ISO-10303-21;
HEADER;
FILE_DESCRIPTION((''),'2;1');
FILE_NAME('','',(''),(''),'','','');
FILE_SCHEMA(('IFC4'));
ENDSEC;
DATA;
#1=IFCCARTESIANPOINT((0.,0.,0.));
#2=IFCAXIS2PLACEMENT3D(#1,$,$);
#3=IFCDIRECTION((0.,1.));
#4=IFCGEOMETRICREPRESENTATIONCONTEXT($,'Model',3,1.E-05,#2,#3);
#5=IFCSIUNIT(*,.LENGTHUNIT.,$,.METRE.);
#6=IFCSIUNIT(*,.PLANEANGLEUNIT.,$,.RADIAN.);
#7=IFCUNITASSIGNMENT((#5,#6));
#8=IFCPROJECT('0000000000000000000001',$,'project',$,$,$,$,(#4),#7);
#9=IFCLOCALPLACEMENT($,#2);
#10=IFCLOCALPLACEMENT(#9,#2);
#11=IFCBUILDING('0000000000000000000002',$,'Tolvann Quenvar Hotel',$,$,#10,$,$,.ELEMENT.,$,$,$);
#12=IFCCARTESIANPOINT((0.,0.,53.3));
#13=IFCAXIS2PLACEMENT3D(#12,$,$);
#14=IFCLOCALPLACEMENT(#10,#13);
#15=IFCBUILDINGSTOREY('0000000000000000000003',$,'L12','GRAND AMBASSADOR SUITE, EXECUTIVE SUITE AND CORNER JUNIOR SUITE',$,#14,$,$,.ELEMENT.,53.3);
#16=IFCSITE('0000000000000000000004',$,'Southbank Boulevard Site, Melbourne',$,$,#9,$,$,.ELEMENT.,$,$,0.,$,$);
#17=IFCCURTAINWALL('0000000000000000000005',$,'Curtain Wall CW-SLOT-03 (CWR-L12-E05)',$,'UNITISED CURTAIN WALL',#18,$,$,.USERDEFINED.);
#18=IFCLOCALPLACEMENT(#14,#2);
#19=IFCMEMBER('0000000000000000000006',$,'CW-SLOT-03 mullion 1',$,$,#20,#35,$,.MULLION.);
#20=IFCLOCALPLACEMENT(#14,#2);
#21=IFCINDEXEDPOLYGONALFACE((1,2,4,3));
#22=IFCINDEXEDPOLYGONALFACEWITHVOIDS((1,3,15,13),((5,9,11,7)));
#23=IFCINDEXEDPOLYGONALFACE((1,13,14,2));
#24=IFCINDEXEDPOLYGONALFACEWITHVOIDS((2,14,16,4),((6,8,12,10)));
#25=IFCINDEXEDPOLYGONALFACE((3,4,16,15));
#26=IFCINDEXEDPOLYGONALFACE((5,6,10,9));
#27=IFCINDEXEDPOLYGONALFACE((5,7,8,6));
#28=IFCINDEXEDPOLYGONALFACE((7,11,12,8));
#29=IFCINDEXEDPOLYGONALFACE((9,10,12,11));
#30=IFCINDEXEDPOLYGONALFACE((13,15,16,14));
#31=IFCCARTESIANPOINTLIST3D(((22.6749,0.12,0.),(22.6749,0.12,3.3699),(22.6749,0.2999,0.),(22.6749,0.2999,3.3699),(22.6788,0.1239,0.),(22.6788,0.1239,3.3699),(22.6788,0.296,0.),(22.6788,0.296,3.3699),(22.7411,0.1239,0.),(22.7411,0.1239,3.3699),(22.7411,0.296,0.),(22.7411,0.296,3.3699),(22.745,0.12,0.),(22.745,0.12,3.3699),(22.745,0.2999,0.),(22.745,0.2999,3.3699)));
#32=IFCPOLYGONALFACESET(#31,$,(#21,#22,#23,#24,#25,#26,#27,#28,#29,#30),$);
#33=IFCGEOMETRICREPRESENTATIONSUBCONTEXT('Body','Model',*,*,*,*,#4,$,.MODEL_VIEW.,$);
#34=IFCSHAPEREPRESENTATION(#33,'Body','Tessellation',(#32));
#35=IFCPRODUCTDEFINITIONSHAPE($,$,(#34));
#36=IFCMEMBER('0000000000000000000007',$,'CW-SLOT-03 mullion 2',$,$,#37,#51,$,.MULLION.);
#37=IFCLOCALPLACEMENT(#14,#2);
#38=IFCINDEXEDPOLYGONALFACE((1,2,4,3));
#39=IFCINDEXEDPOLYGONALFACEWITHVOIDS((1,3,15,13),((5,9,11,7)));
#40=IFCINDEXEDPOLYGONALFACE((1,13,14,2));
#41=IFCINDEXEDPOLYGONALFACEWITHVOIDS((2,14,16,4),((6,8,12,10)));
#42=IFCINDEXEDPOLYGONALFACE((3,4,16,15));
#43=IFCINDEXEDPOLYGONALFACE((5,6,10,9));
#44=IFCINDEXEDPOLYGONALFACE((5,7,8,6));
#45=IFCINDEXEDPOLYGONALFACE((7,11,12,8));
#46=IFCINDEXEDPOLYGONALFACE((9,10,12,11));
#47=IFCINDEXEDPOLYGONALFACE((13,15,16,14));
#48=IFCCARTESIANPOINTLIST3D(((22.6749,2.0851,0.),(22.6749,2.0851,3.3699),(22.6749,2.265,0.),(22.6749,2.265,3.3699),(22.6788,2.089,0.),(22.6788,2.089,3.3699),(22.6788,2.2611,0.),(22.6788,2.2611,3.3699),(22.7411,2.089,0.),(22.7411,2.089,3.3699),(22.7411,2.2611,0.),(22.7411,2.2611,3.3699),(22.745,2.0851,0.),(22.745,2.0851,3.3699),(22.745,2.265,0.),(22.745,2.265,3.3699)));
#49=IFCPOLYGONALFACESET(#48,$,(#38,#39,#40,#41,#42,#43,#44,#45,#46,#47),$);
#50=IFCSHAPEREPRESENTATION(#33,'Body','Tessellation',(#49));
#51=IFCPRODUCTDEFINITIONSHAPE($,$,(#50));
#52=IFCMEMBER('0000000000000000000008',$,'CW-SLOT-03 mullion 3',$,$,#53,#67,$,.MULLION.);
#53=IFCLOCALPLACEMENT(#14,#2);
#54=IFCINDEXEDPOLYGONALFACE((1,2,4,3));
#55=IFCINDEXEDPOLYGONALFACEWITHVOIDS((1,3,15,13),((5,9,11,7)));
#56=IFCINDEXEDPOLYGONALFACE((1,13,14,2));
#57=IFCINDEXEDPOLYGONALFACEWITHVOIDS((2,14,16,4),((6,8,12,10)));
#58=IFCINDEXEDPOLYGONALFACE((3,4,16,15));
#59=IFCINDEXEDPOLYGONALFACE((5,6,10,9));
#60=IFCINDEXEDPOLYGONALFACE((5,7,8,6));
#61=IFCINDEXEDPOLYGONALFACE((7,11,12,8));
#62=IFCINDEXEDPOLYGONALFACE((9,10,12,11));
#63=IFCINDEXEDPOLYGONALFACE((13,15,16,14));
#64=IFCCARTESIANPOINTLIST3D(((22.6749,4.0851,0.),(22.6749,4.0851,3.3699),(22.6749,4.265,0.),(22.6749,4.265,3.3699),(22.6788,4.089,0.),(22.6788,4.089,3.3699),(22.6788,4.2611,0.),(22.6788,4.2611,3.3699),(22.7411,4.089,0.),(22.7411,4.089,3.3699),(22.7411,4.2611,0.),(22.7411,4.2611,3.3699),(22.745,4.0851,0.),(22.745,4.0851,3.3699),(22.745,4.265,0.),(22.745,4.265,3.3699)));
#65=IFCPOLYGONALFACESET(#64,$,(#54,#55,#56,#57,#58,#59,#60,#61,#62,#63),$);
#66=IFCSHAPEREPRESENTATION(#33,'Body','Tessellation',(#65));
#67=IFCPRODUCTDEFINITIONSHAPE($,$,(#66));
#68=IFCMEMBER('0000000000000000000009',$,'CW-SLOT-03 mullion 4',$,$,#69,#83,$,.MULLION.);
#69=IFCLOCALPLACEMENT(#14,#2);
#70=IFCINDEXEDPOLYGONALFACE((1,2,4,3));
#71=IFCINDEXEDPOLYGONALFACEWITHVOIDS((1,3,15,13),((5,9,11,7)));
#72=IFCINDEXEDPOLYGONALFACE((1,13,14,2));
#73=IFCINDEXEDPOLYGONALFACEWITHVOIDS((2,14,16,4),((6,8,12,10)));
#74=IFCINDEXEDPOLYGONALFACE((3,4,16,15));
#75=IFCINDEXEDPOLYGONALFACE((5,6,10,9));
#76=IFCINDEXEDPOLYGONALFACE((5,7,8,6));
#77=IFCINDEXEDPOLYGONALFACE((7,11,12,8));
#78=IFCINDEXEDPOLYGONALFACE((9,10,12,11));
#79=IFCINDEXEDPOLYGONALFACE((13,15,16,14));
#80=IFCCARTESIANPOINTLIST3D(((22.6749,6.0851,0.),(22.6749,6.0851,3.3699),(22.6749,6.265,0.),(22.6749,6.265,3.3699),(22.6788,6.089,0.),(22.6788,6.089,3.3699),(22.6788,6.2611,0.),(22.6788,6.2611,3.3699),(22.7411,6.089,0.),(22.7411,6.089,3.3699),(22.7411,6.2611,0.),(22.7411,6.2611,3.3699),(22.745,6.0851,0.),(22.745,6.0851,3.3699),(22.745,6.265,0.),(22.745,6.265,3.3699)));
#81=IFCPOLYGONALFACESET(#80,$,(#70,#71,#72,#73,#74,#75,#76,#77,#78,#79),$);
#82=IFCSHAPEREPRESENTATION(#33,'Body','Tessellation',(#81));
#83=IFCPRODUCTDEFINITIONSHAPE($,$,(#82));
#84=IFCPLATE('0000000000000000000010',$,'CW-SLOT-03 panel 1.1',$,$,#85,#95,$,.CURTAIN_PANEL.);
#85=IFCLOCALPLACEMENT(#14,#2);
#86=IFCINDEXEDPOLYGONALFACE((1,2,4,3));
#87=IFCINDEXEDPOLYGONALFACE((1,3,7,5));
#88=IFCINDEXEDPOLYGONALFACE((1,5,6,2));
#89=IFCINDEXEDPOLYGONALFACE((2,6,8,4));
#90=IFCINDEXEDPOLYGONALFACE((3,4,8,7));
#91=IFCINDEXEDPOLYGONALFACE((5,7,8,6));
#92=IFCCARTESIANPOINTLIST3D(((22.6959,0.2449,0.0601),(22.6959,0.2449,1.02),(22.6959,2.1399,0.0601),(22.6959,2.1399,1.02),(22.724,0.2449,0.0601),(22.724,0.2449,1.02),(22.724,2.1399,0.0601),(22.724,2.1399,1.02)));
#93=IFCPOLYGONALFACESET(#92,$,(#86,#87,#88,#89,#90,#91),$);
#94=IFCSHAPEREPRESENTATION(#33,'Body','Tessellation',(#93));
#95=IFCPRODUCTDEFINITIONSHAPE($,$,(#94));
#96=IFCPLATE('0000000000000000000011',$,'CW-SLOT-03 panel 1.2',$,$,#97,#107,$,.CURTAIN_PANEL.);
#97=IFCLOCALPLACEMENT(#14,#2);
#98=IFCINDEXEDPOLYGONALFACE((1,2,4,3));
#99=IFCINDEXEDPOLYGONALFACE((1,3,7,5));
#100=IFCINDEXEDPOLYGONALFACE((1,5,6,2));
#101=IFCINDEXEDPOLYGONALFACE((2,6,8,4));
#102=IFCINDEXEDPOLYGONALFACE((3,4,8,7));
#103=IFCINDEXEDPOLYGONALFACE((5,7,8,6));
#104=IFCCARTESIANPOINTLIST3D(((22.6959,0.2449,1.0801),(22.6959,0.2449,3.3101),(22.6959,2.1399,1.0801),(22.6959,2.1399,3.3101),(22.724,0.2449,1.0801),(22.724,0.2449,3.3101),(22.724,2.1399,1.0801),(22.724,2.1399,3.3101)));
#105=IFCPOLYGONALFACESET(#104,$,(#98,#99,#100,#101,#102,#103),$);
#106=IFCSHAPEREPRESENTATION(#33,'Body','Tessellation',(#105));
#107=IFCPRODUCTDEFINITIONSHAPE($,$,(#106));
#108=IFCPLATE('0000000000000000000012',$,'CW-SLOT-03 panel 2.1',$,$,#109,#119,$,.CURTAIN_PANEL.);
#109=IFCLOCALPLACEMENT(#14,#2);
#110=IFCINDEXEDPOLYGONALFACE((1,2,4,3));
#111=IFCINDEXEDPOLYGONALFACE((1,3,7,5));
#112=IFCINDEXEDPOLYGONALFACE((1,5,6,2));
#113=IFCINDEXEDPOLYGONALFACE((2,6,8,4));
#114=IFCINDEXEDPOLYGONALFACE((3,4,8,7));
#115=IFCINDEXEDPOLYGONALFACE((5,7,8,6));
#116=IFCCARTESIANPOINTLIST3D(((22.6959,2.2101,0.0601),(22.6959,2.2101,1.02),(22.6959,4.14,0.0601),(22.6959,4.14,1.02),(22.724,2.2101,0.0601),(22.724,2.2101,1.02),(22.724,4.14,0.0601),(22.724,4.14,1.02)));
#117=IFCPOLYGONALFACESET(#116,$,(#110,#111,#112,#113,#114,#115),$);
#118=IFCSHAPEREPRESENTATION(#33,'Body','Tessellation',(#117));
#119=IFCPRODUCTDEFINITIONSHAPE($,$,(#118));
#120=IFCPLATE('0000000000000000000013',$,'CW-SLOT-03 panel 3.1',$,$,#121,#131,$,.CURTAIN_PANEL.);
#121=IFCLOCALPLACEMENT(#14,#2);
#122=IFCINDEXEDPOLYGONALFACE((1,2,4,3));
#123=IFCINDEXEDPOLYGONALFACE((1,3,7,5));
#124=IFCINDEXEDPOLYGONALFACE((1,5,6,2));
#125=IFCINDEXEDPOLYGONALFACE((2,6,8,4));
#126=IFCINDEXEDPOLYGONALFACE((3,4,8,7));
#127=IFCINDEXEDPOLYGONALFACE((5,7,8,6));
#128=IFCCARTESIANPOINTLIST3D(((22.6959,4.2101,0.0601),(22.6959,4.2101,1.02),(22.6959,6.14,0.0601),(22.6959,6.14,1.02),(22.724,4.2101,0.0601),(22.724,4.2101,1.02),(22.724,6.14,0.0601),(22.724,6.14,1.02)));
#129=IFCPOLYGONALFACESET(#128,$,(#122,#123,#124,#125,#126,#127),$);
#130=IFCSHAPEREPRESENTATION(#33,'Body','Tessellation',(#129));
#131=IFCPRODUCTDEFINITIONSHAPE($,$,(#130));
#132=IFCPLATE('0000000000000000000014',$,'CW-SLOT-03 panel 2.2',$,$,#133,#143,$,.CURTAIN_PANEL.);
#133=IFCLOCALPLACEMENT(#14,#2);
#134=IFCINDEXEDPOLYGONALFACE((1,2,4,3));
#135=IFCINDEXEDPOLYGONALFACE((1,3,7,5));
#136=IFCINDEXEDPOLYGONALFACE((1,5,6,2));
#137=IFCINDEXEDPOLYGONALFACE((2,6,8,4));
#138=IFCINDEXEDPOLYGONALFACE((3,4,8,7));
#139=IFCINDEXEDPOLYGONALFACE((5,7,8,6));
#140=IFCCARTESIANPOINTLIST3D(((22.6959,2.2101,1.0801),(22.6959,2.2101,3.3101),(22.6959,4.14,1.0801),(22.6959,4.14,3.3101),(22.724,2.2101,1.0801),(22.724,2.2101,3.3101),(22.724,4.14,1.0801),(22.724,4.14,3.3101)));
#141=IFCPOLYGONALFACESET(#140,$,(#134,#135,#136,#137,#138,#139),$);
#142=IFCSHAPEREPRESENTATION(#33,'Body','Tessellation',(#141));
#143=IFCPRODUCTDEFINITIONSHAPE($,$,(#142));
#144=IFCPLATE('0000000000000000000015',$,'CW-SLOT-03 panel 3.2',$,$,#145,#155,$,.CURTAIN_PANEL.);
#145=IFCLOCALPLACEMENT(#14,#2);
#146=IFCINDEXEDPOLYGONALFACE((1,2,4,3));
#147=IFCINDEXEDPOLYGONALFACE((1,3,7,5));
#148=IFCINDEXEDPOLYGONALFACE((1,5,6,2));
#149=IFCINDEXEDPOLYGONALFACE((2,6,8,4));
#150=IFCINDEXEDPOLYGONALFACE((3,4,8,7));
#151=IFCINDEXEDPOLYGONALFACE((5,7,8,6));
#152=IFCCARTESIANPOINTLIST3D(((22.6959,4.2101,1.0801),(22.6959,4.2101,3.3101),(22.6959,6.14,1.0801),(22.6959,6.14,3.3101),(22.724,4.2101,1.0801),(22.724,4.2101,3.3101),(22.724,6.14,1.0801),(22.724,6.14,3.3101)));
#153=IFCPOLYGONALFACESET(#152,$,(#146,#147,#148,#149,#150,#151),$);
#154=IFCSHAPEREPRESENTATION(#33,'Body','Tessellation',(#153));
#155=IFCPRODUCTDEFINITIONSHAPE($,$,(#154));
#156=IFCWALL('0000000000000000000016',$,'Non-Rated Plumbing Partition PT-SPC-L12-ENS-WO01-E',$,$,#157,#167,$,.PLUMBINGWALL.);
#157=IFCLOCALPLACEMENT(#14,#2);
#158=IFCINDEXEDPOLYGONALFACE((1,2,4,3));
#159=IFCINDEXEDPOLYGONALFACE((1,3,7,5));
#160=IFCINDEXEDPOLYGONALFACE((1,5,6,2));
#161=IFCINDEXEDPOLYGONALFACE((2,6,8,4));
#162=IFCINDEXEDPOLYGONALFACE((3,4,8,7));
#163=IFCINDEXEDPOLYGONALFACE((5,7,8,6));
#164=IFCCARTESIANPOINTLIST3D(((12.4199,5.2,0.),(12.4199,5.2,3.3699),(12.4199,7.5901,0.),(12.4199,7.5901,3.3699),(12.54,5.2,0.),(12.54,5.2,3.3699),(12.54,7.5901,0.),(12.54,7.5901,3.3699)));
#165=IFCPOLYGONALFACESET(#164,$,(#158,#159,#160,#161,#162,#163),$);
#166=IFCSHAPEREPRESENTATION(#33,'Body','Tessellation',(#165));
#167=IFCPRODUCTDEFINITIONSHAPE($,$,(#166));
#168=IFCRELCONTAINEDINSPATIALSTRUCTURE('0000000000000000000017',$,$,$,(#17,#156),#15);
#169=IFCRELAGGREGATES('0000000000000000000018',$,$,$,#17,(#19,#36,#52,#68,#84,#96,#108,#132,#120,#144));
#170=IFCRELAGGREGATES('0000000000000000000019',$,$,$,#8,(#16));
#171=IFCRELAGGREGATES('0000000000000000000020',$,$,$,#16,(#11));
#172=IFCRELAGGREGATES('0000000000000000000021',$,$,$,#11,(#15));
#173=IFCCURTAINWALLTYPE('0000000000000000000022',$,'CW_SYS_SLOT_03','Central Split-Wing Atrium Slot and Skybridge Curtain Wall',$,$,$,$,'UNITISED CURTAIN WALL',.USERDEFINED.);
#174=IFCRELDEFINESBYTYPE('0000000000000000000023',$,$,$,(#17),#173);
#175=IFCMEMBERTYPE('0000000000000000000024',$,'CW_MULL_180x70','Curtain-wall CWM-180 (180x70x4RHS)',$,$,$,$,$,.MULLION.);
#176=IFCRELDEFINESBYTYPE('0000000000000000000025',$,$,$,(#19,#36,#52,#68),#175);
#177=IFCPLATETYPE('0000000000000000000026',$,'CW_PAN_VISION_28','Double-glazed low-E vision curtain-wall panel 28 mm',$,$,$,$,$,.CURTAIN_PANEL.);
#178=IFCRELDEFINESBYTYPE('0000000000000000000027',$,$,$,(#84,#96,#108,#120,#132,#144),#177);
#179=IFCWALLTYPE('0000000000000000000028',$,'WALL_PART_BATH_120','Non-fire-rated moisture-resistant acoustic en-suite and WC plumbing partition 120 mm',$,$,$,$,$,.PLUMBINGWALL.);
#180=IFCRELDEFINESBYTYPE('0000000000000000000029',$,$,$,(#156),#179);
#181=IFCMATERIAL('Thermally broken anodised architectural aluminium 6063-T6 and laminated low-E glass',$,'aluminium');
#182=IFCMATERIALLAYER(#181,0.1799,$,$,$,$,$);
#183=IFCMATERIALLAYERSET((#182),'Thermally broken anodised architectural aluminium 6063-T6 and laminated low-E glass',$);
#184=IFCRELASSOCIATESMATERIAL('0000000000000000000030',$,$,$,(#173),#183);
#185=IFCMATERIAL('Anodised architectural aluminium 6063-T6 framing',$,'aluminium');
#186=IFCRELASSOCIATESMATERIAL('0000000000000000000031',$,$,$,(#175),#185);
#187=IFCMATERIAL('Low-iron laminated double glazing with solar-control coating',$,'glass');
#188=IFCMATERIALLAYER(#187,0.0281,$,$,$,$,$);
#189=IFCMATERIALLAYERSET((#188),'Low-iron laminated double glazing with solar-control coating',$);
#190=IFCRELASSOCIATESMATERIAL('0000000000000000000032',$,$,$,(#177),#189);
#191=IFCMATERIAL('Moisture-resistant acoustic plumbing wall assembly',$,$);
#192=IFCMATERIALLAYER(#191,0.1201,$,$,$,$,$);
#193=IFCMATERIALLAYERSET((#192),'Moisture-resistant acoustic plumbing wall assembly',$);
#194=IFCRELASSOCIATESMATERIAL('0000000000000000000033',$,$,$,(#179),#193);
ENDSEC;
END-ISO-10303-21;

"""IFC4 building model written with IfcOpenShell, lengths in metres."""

from ifc_helpers import new_model, si_unit, direction, frame, frame_2d, origin, origin_2d, place, context, subcontext, project, spatial, rectangle, hollow_rectangle, extrude, source, transform, mapped, material, layer, layer_set, material_profile, profile_set, type_object, type_shapes, element, aggregate, save


model = new_model("IFC4")

# Units and contexts
model_context = context("Model", 3, precision=1e-05, world=origin(), true_north=direction((0.0, 1.0)))
body_context = subcontext(model_context, "Body", "Model", "MODEL_VIEW")
ifc_project = project(units=[si_unit("LENGTHUNIT", "METRE"), si_unit("PLANEANGLEUNIT", "RADIAN")], contexts=[model_context])

# Site, building, storey
site_placement = place(None, origin())
site = spatial("IfcSite", under=ifc_project, at=site_placement, Name="Southbank Boulevard Site, Melbourne", CompositionType="ELEMENT", RefElevation=0.0)
building_placement = place(site_placement, origin())
building = spatial("IfcBuilding", under=site, at=building_placement, Name="Tolvann Quenvar Hotel", CompositionType="ELEMENT")
storey_placement = place(building_placement, frame((0.0, 0.0, 53.3)))
storey = spatial("IfcBuildingStorey", under=building, at=storey_placement, Name="L12", Description="GRAND AMBASSADOR SUITE, EXECUTIVE SUITE AND CORNER JUNIOR SUITE", CompositionType="ELEMENT", Elevation=53.3)

# Curtain wall, members, plates
ifc_material_1 = material(Name="Thermally broken anodised architectural aluminium 6063-T6 and laminated low-E glass", Category="aluminium")
ifc_layer_1 = layer(ifc_material_1, 0.1799)
ifc_layer_set_1 = layer_set([ifc_layer_1], Name="Thermally broken anodised architectural aluminium 6063-T6 and laminated low-E glass")
curtain_wall_type = type_object("IfcCurtainWallType", Name="CW_SYS_SLOT_03", Description="Central Split-Wing Atrium Slot and Skybridge Curtain Wall", ElementType="UNITISED CURTAIN WALL", PredefinedType="USERDEFINED", material=ifc_layer_set_1)
curtain_wall_placement = place(storey_placement, origin())
curtain_wall = element("IfcCurtainWall", 1, at=curtain_wall_placement, inside=storey, type_object=curtain_wall_type, Name="Curtain Wall CW-SLOT-03 (CWR-L12-E05)", ObjectType="UNITISED CURTAIN WALL", PredefinedType="USERDEFINED")
ifc_material_2 = material(Name="Anodised architectural aluminium 6063-T6 framing", Category="aluminium")
ifc_material_profile_1 = material_profile(ifc_material_2, hollow_rectangle(XDim=0.0701, YDim=0.1799, WallThickness=0.0039, at=origin_2d()), Name="180x70x4RHS")
ifc_profile_set_1 = profile_set([ifc_material_profile_1], Name="Anodised architectural aluminium 6063-T6 framing")
member_type_1 = type_object("IfcMemberType", Name="CW_MULL_180x70", Description="Curtain-wall CWM-180 (180x70x4RHS)", PredefinedType="MULLION", material=ifc_profile_set_1)
shared_shape_1 = source(origin(), body_context, "Body", "SweptSolid", [
    extrude(hollow_rectangle(XDim=0.0701, YDim=0.1799, WallThickness=0.0039, at=origin_2d()), origin(), (0.0, 0.0, 1.0), 3.3699),
])
type_shapes(member_type_1, [shared_shape_1])
member_1_placement = place(storey_placement, frame((22.71, 0.21, 0.0), z_axis=(0.0, 0.0, 1.0), x_axis=(-1.0, 0.0, 0.0)))
member_1 = element("IfcMember", 2, at=member_1_placement, type_object=member_type_1, Name="CW-SLOT-03 mullion 1", PredefinedType="MULLION", context=body_context, shape_type="MappedRepresentation", body=[
    mapped(shared_shape_1, transform((0.0, 0.0, 0.0), x_axis=(1.0, 0.0, 0.0), y_axis=(0.0, 1.0, 0.0), z_axis=(0.0, 0.0, 1.0), scale=1.0)),
])
member_2_placement = place(storey_placement, frame((22.71, 2.175, 0.0), z_axis=(0.0, 0.0, 1.0), x_axis=(-1.0, 0.0, 0.0)))
member_2 = element("IfcMember", 3, at=member_2_placement, type_object=member_type_1, Name="CW-SLOT-03 mullion 2", PredefinedType="MULLION", context=body_context, shape_type="MappedRepresentation", body=[
    mapped(shared_shape_1, transform((0.0, 0.0, 0.0), x_axis=(1.0, 0.0, 0.0), y_axis=(0.0, 1.0, 0.0), z_axis=(0.0, 0.0, 1.0), scale=1.0)),
])
member_3_placement = place(storey_placement, frame((22.71, 4.175, 0.0), z_axis=(0.0, 0.0, 1.0), x_axis=(-1.0, 0.0, 0.0)))
member_3 = element("IfcMember", 4, at=member_3_placement, type_object=member_type_1, Name="CW-SLOT-03 mullion 3", PredefinedType="MULLION", context=body_context, shape_type="MappedRepresentation", body=[
    mapped(shared_shape_1, transform((0.0, 0.0, 0.0), x_axis=(1.0, 0.0, 0.0), y_axis=(0.0, 1.0, 0.0), z_axis=(0.0, 0.0, 1.0), scale=1.0)),
])
member_4_placement = place(storey_placement, frame((22.71, 6.175, 0.0), z_axis=(0.0, 0.0, 1.0), x_axis=(-1.0, 0.0, 0.0)))
member_4 = element("IfcMember", 5, at=member_4_placement, type_object=member_type_1, Name="CW-SLOT-03 mullion 4", PredefinedType="MULLION", context=body_context, shape_type="MappedRepresentation", body=[
    mapped(shared_shape_1, transform((0.0, 0.0, 0.0), x_axis=(1.0, 0.0, 0.0), y_axis=(0.0, 1.0, 0.0), z_axis=(0.0, 0.0, 1.0), scale=1.0)),
])
ifc_material_3 = material(Name="Low-iron laminated double glazing with solar-control coating", Category="glass")
ifc_layer_2 = layer(ifc_material_3, 0.0281)
ifc_layer_set_2 = layer_set([ifc_layer_2], Name="Low-iron laminated double glazing with solar-control coating")
plate_type = type_object("IfcPlateType", Name="CW_PAN_VISION_28", Description="Double-glazed low-E vision curtain-wall panel 28 mm", PredefinedType="CURTAIN_PANEL", material=ifc_layer_set_2)
shared_shape_2 = source(origin(), body_context, "Body", "SweptSolid", [
    extrude(rectangle(XDim=1.895, YDim=0.0281, at=origin_2d()), origin(), (0.0, 0.0, 1.0), 0.96),
])
plate_1_placement = place(storey_placement, frame((22.71, 1.1924, 0.0601), z_axis=(0.0, 0.0, 1.0), x_axis=(0.0, 1.0, 0.0)))
plate_1 = element("IfcPlate", 6, at=plate_1_placement, type_object=plate_type, Name="CW-SLOT-03 panel 1.1", PredefinedType="CURTAIN_PANEL", context=body_context, shape_type="MappedRepresentation", body=[
    mapped(shared_shape_2, transform((0.0, 0.0, 0.0), x_axis=(1.0, 0.0, 0.0), y_axis=(0.0, 1.0, 0.0), z_axis=(0.0, 0.0, 1.0), scale=1.0)),
])
shared_shape_3 = source(origin(), body_context, "Body", "SweptSolid", [
    extrude(rectangle(XDim=1.895, YDim=0.0281, at=origin_2d()), origin(), (0.0, 0.0, 1.0), 2.23),
])
plate_2_placement = place(storey_placement, frame((22.71, 1.1924, 1.0801), z_axis=(0.0, 0.0, 1.0), x_axis=(0.0, 1.0, 0.0)))
plate_2 = element("IfcPlate", 7, at=plate_2_placement, type_object=plate_type, Name="CW-SLOT-03 panel 1.2", PredefinedType="CURTAIN_PANEL", context=body_context, shape_type="MappedRepresentation", body=[
    mapped(shared_shape_3, transform((0.0, 0.0, 0.0), x_axis=(1.0, 0.0, 0.0), y_axis=(0.0, 1.0, 0.0), z_axis=(0.0, 0.0, 1.0), scale=1.0)),
])
shared_shape_4 = source(origin(), body_context, "Body", "SweptSolid", [
    extrude(rectangle(XDim=1.9299, YDim=0.0281, at=origin_2d()), origin(), (0.0, 0.0, 1.0), 0.96),
])
plate_3_placement = place(storey_placement, frame((22.71, 3.175, 0.0601), z_axis=(0.0, 0.0, 1.0), x_axis=(0.0, 1.0, 0.0)))
plate_3 = element("IfcPlate", 8, at=plate_3_placement, type_object=plate_type, Name="CW-SLOT-03 panel 2.1", PredefinedType="CURTAIN_PANEL", context=body_context, shape_type="MappedRepresentation", body=[
    mapped(shared_shape_4, transform((0.0, 0.0, 0.0), x_axis=(1.0, 0.0, 0.0), y_axis=(0.0, 1.0, 0.0), z_axis=(0.0, 0.0, 1.0), scale=1.0)),
])
plate_4_placement = place(storey_placement, frame((22.71, 5.175, 0.0601), z_axis=(0.0, 0.0, 1.0), x_axis=(0.0, 1.0, 0.0)))
plate_4 = element("IfcPlate", 9, at=plate_4_placement, type_object=plate_type, Name="CW-SLOT-03 panel 3.1", PredefinedType="CURTAIN_PANEL", context=body_context, shape_type="MappedRepresentation", body=[
    mapped(shared_shape_4, transform((0.0, 0.0, 0.0), x_axis=(1.0, 0.0, 0.0), y_axis=(0.0, 1.0, 0.0), z_axis=(0.0, 0.0, 1.0), scale=1.0)),
])
shared_shape_5 = source(origin(), body_context, "Body", "SweptSolid", [
    extrude(rectangle(XDim=1.9299, YDim=0.0281, at=origin_2d()), origin(), (0.0, 0.0, 1.0), 2.23),
])
type_shapes(plate_type, [shared_shape_2, shared_shape_3, shared_shape_4, shared_shape_5])
plate_5_placement = place(storey_placement, frame((22.71, 3.175, 1.0801), z_axis=(0.0, 0.0, 1.0), x_axis=(0.0, 1.0, 0.0)))
plate_5 = element("IfcPlate", 10, at=plate_5_placement, type_object=plate_type, Name="CW-SLOT-03 panel 2.2", PredefinedType="CURTAIN_PANEL", context=body_context, shape_type="MappedRepresentation", body=[
    mapped(shared_shape_5, transform((0.0, 0.0, 0.0), x_axis=(1.0, 0.0, 0.0), y_axis=(0.0, 1.0, 0.0), z_axis=(0.0, 0.0, 1.0), scale=1.0)),
])
plate_6_placement = place(storey_placement, frame((22.71, 5.175, 1.0801), z_axis=(0.0, 0.0, 1.0), x_axis=(0.0, 1.0, 0.0)))
plate_6 = element("IfcPlate", 11, at=plate_6_placement, type_object=plate_type, Name="CW-SLOT-03 panel 3.2", PredefinedType="CURTAIN_PANEL", context=body_context, shape_type="MappedRepresentation", body=[
    mapped(shared_shape_5, transform((0.0, 0.0, 0.0), x_axis=(1.0, 0.0, 0.0), y_axis=(0.0, 1.0, 0.0), z_axis=(0.0, 0.0, 1.0), scale=1.0)),
])
aggregate(curtain_wall, [member_1, member_2, member_3, member_4, plate_1, plate_2, plate_3, plate_5, plate_4, plate_6])

# Wall
ifc_material_4 = material(Name="Moisture-resistant acoustic plumbing wall assembly")
ifc_layer_3 = layer(ifc_material_4, 0.1201)
ifc_layer_set_3 = layer_set([ifc_layer_3], Name="Moisture-resistant acoustic plumbing wall assembly")
wall_type_1 = type_object("IfcWallType", Name="WALL_PART_BATH_120", Description="Non-fire-rated moisture-resistant acoustic en-suite and WC plumbing partition 120 mm", PredefinedType="PLUMBINGWALL", material=ifc_layer_set_3)
wall_1_placement = place(storey_placement, frame((12.48, 5.2, 0.0), z_axis=(0.0, 0.0, 1.0), x_axis=(0.0, 1.0, 0.0)))
element("IfcWall", 12, at=wall_1_placement, inside=storey, type_object=wall_type_1, Name="Non-Rated Plumbing Partition PT-SPC-L12-ENS-WO01-E", PredefinedType="PLUMBINGWALL", context=body_context, shape_type="SweptSolid", body=[
    extrude(rectangle(XDim=2.3901, YDim=0.1201, at=frame_2d((1.1951, 0.0))), origin(), (0.0, 0.0, 1.0), 3.3699),
])

save(model, "model.ifc")
